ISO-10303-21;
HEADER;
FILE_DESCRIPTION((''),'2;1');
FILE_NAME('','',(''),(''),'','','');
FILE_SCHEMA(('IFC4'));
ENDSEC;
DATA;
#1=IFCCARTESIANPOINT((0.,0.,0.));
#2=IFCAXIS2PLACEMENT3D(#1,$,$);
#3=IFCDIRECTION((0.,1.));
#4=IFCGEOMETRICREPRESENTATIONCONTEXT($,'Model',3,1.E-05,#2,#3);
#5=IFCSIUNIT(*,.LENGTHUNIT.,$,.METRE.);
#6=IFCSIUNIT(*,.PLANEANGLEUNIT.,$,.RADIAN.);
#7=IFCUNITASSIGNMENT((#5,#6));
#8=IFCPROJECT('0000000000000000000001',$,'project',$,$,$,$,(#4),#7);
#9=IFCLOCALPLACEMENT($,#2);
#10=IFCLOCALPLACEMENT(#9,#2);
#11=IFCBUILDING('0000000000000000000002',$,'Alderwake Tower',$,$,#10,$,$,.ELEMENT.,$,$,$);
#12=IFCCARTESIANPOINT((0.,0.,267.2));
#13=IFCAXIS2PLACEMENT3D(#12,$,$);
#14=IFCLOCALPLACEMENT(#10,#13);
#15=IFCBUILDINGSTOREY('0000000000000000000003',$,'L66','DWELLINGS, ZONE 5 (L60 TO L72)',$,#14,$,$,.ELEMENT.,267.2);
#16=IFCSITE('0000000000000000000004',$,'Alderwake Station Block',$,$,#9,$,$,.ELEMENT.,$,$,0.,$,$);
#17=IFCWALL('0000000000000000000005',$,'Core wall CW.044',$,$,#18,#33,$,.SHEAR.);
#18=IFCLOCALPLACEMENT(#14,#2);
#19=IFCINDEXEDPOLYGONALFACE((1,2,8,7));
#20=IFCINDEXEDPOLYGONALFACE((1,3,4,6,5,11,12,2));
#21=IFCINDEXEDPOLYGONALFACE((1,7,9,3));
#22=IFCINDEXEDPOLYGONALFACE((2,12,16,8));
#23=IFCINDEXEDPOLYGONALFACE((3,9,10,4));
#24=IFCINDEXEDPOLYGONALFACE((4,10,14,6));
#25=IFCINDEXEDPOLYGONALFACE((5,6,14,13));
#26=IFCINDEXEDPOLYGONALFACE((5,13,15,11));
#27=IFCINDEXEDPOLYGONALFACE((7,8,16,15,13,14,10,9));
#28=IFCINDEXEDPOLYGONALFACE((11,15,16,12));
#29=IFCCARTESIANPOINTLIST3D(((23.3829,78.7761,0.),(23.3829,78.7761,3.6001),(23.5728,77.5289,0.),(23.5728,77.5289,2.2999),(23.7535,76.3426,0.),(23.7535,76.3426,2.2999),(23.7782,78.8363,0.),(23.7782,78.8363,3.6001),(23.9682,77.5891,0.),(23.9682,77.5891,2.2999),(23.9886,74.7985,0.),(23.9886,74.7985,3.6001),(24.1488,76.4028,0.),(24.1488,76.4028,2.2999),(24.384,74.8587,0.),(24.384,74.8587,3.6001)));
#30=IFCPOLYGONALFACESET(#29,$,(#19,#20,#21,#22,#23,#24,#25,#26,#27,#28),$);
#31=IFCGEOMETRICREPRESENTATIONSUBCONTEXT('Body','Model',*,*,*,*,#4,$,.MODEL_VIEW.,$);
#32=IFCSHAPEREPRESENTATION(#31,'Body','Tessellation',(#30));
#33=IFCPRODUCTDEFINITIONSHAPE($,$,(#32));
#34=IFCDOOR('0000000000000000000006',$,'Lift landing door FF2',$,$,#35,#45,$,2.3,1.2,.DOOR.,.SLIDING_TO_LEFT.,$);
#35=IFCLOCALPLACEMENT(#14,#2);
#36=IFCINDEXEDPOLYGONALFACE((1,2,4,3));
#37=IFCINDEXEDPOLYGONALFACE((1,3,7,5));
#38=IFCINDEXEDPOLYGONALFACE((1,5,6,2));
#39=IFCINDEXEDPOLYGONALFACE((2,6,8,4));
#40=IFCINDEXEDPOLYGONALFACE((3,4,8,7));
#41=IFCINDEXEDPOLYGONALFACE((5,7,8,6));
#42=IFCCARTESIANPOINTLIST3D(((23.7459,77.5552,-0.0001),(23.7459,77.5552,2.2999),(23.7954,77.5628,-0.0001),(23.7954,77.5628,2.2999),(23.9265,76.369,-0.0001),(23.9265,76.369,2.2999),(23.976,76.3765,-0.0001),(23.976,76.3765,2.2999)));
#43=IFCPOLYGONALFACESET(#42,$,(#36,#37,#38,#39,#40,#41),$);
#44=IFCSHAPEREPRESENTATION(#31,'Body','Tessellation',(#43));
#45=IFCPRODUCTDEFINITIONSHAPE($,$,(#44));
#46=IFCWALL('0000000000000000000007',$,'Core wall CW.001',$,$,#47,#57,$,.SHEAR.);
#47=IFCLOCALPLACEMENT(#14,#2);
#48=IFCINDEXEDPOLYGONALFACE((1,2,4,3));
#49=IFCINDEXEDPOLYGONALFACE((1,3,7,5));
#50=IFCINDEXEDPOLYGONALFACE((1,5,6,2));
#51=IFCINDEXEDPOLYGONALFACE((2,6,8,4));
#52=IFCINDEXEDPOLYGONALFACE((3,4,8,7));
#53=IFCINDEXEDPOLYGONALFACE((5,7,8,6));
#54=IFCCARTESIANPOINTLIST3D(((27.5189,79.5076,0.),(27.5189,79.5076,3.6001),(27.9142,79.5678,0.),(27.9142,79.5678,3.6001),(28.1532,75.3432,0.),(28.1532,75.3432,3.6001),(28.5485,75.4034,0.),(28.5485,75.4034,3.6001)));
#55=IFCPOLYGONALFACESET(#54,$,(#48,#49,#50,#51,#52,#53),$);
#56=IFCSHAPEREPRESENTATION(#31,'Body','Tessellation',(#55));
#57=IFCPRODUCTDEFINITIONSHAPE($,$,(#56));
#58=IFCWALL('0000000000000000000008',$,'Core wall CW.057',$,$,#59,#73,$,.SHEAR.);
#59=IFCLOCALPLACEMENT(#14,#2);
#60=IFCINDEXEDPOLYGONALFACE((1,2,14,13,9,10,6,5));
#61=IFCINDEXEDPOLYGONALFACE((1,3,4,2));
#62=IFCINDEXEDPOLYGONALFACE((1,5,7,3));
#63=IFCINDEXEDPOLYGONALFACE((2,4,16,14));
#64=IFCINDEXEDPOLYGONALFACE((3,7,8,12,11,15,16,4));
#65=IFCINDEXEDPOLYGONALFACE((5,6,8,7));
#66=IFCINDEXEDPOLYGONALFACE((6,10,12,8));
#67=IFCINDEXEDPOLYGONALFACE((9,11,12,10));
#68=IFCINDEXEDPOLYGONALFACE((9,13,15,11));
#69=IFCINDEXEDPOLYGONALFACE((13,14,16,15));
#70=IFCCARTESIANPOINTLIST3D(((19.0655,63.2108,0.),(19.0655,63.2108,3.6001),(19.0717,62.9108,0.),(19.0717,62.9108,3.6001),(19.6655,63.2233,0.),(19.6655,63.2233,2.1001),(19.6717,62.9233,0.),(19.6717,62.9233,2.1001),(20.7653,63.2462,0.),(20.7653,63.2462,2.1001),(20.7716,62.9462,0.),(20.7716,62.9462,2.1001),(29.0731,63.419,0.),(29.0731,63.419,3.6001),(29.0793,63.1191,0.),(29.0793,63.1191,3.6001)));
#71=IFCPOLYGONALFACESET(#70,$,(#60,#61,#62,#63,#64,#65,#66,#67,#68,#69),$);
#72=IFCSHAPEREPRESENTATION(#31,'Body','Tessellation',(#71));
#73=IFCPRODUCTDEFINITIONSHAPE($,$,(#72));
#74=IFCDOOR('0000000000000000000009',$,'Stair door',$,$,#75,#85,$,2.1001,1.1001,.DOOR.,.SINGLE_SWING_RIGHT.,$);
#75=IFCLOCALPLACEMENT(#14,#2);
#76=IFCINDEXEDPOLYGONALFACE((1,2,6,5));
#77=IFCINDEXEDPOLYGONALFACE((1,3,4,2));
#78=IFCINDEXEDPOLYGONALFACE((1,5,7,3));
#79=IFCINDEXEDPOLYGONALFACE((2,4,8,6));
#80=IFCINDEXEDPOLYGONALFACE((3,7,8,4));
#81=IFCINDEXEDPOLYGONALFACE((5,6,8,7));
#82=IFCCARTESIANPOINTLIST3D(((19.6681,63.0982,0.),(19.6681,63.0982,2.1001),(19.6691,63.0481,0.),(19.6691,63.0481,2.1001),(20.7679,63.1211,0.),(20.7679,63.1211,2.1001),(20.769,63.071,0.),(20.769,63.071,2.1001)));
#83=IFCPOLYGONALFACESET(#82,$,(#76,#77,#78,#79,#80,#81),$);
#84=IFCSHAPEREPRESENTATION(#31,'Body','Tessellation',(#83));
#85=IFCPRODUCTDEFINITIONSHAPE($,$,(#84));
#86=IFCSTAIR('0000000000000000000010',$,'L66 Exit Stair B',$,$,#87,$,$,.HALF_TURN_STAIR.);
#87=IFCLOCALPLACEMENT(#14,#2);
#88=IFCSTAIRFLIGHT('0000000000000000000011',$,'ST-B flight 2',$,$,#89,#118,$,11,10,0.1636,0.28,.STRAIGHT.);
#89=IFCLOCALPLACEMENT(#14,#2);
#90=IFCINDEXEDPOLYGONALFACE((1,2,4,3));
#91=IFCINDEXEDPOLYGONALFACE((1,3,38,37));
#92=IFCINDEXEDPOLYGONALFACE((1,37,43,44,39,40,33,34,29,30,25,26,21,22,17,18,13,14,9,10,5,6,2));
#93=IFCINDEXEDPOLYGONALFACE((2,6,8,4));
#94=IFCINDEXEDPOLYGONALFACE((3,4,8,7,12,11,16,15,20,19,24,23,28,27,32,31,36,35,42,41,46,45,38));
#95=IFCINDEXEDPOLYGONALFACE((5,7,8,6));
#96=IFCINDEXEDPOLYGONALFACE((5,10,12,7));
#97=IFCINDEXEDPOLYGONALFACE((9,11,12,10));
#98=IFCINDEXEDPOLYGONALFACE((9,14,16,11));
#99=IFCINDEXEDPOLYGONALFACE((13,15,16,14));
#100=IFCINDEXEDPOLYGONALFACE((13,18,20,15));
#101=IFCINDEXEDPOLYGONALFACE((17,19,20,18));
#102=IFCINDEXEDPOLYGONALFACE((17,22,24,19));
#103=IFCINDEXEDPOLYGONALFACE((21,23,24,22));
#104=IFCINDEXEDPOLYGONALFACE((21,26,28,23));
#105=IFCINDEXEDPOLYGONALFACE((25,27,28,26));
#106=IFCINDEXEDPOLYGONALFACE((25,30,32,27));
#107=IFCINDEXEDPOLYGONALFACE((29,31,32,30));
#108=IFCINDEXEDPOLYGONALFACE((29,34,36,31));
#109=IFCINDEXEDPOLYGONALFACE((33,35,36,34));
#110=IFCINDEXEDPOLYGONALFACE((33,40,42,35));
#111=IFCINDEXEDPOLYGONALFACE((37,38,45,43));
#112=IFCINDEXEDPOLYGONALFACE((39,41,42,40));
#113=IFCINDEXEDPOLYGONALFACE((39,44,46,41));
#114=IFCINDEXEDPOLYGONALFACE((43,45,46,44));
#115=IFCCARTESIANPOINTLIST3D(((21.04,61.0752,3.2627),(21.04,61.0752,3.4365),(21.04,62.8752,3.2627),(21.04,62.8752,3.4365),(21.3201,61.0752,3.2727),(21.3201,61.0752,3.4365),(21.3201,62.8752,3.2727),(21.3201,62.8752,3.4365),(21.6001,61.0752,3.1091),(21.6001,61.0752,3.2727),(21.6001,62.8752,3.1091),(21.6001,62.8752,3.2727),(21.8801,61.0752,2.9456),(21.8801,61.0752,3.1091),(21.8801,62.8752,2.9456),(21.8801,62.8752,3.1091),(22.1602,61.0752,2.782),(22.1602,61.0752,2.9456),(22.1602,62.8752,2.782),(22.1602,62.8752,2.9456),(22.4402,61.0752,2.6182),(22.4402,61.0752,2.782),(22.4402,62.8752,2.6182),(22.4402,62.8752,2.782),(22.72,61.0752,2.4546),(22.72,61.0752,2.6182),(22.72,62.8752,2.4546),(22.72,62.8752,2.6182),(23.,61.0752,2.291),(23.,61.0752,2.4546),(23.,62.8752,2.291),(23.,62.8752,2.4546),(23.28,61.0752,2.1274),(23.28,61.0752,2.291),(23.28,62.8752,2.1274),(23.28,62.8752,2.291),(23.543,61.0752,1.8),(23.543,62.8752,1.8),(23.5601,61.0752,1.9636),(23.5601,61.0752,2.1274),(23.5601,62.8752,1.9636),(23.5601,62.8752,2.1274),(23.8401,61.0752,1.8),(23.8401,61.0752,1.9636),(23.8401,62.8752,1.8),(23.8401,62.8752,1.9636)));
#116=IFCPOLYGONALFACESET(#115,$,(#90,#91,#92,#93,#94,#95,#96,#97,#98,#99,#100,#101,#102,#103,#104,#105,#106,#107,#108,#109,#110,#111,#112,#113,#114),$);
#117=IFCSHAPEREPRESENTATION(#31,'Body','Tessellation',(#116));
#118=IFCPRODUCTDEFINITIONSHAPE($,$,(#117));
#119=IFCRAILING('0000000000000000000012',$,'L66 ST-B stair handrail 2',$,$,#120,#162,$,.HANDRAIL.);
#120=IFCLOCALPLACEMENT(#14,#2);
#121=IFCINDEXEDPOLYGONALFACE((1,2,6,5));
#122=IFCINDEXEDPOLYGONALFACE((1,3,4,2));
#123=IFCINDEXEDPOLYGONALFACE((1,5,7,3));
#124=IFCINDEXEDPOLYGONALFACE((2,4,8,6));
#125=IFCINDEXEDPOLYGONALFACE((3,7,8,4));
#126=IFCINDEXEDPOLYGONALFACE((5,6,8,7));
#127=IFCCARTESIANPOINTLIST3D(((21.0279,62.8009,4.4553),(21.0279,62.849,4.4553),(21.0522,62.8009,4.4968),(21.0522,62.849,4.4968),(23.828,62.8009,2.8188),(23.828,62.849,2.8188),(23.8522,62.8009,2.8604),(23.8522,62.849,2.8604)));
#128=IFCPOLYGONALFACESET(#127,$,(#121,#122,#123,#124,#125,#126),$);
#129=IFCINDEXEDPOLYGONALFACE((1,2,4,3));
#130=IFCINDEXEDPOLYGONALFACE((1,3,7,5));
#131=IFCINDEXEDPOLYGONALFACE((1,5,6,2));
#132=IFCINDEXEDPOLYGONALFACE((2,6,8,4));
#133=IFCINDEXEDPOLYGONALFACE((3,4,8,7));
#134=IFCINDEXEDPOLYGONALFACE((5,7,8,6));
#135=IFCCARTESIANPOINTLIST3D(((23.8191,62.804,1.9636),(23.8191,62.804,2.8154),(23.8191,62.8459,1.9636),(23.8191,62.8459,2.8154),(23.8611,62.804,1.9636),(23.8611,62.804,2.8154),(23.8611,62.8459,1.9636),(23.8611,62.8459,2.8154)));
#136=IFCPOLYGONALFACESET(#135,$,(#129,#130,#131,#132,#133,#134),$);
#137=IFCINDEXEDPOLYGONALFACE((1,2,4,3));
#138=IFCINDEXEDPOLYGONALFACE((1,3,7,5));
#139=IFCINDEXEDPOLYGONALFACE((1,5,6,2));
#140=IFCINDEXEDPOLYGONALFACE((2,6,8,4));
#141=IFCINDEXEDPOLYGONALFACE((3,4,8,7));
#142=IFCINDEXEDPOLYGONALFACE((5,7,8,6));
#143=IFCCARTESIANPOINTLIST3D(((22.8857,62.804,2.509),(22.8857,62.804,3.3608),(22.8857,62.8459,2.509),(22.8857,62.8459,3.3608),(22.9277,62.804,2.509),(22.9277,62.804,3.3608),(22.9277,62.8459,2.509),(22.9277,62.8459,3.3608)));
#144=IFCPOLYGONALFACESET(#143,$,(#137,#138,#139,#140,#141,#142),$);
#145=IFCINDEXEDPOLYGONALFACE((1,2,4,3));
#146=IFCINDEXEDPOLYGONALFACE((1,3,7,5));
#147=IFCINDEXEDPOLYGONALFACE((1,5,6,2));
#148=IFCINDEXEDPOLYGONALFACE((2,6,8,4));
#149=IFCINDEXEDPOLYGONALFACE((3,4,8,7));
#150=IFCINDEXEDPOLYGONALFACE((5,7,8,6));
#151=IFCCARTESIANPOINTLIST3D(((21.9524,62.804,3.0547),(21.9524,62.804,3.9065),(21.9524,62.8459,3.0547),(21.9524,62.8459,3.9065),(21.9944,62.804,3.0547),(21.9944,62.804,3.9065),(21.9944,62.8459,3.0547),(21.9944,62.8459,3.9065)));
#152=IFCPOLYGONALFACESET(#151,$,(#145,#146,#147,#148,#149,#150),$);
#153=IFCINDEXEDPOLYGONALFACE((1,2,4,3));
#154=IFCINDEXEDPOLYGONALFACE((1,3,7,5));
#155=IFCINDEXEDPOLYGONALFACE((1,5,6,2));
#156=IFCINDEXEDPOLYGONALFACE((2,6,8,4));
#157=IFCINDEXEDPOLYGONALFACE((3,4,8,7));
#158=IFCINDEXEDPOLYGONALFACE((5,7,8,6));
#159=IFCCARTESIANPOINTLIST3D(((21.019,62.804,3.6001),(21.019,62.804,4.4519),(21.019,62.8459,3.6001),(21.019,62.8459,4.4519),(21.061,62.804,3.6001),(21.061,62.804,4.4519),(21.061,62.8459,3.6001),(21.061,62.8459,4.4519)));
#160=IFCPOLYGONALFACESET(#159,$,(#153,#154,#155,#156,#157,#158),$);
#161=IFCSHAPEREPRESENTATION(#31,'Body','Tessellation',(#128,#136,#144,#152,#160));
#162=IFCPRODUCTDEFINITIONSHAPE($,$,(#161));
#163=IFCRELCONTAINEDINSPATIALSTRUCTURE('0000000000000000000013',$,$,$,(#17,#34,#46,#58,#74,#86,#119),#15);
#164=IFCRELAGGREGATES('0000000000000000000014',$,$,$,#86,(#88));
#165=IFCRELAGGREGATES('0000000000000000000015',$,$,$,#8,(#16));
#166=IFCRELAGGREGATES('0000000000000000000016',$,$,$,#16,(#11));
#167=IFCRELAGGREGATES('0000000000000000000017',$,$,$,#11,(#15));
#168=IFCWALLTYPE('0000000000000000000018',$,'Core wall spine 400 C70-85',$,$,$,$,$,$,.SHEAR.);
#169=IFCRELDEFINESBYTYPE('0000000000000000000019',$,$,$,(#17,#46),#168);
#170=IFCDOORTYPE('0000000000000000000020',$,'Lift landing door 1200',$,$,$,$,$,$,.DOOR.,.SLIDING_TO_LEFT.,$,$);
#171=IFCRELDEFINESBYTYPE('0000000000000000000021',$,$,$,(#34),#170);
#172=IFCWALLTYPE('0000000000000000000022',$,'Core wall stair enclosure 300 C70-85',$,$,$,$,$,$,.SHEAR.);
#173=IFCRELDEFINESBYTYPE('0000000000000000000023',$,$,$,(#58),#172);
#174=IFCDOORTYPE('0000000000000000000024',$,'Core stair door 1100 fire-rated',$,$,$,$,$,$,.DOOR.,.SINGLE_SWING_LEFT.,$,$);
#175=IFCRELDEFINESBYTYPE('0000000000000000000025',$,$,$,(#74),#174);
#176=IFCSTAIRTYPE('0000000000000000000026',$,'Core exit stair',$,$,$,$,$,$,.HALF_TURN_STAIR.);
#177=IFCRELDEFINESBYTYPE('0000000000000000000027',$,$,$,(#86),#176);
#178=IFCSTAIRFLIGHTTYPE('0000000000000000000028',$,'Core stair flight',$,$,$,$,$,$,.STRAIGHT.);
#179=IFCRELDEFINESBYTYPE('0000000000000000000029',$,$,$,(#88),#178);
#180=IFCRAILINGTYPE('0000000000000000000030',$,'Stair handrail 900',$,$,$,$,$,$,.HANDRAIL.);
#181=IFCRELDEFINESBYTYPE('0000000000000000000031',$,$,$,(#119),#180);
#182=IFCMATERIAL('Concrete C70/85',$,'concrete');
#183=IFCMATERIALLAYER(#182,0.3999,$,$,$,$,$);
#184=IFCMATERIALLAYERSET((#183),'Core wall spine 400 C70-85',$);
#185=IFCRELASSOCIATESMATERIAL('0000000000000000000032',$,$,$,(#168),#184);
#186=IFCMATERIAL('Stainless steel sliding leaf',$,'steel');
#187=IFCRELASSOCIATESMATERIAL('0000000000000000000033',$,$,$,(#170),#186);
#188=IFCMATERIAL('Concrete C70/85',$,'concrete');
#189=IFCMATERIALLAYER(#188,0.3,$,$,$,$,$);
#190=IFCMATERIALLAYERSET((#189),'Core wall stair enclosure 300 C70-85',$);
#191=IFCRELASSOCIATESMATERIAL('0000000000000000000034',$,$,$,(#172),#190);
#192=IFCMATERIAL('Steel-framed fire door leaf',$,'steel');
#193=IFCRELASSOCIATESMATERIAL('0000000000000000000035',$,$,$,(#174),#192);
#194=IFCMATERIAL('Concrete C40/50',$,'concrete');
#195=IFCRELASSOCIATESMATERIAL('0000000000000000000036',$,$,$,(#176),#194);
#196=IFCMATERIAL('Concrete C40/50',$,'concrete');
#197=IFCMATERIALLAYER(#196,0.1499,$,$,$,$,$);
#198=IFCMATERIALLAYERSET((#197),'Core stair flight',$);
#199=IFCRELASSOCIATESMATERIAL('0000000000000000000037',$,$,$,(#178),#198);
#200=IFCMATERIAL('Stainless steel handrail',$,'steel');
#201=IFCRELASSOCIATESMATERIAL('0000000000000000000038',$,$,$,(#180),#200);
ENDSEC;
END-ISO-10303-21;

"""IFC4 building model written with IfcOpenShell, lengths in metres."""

from ifc_helpers import new_model, si_unit, direction, frame, frame_2d, origin, origin_2d, place, context, subcontext, project, spatial, polyline, rectangle, outline, extrude, material, layer, layer_set, type_object, element, fill, aggregate, save


model = new_model("IFC4")

# Units and contexts
model_context = context("Model", 3, precision=1e-05, world=origin(), true_north=direction((0.0, 1.0)))
body_context = subcontext(model_context, "Body", "Model", "MODEL_VIEW")
ifc_project = project(units=[si_unit("LENGTHUNIT", "METRE"), si_unit("PLANEANGLEUNIT", "RADIAN")], contexts=[model_context])

# Site, building, storey
site_placement = place(None, origin())
site = spatial("IfcSite", under=ifc_project, at=site_placement, Name="Alderwake Station Block", CompositionType="ELEMENT", RefElevation=0.0)
building_placement = place(site_placement, origin())
building = spatial("IfcBuilding", under=site, at=building_placement, Name="Alderwake Tower", CompositionType="ELEMENT")
storey_placement = place(building_placement, frame((0.0, 0.0, 267.2)))
storey = spatial("IfcBuildingStorey", under=building, at=storey_placement, Name="L66", Description="DWELLINGS, ZONE 5 (L60 TO L72)", CompositionType="ELEMENT", Elevation=267.2)

# Shared definitions
ifc_material_1 = material(Name="Concrete C70/85", Category="concrete")
ifc_layer_1 = layer(ifc_material_1, 0.3999)
ifc_layer_set_1 = layer_set([ifc_layer_1], Name="Core wall spine 400 C70-85")
wall_type_1 = type_object("IfcWallType", Name="Core wall spine 400 C70-85", PredefinedType="SHEAR", material=ifc_layer_set_1)

# Shared definitions
ifc_material_2 = material(Name="Stainless steel sliding leaf", Category="steel")
door_type_1 = type_object("IfcDoorType", Name="Lift landing door 1200", OperationType="SLIDING_TO_LEFT", PredefinedType="DOOR", material=ifc_material_2)

# Wall, opening, door
wall_1_placement = place(storey_placement, frame((24.1863, 74.8286, 0.0), z_axis=(0.0, 0.0, 1.0), x_axis=(-0.150548, 0.988603, 0.0)))
wall_1 = element("IfcWall", 1, at=wall_1_placement, inside=storey, type_object=wall_type_1, Name="Core wall CW.044", PredefinedType="SHEAR", context=body_context, shape_type="SweptSolid", body=[
    extrude(rectangle(XDim=4.0234, YDim=0.3999, at=frame_2d((2.0117, 0.0))), origin(), (0.0, 0.0, 1.0), 3.6001),
])
opening_1_placement = place(wall_1_placement, frame((1.5618, 0.0, 0.0)))
opening_1 = element("IfcOpeningElement", 2, at=opening_1_placement, cuts=wall_1, PredefinedType="OPENING", context=body_context, shape_type="SweptSolid", body=[
    extrude(rectangle(XDim=1.2, YDim=2.3, at=frame_2d((0.6001, 1.1499))), frame((0.0, 0.21, 0.0), z_axis=(0.0, -1.0, 0.0), x_axis=(1.0, 0.0, 0.0)), (0.0, 0.0, 1.0), 0.4199),
])
door_1_placement = place(opening_1_placement, origin())
door_1 = element("IfcDoor", 3, at=door_1_placement, inside=storey, type_object=door_type_1, Name="Lift landing door FF2", OperationType="SLIDING_TO_LEFT", OverallHeight=2.3, OverallWidth=1.2, PredefinedType="DOOR", context=body_context, shape_type="SweptSolid", body=[
    extrude(rectangle(XDim=1.2, YDim=2.3, at=frame_2d((0.6001, 1.1499))), frame((0.0, 0.0249, 0.0), z_axis=(0.0, -1.0, 0.0), x_axis=(1.0, 0.0, 0.0)), (0.0, 0.0, 1.0), 0.05),
])
fill(opening_1, door_1)

# Wall
wall_2_placement = place(storey_placement, frame((28.3508, 75.3733, 0.0), z_axis=(0.0, 0.0, 1.0), x_axis=(-0.150576, 0.988598, 0.0)))
element("IfcWall", 4, at=wall_2_placement, inside=storey, type_object=wall_type_1, Name="Core wall CW.001", PredefinedType="SHEAR", context=body_context, shape_type="SweptSolid", body=[
    extrude(rectangle(XDim=4.2124, YDim=0.3999, at=frame_2d((2.1062, 0.0))), origin(), (0.0, 0.0, 1.0), 3.6001),
])

# Wall, opening, door
ifc_material_3 = material(Name="Concrete C70/85", Category="concrete")
ifc_layer_2 = layer(ifc_material_3, 0.3)
ifc_layer_set_2 = layer_set([ifc_layer_2], Name="Core wall stair enclosure 300 C70-85")
wall_type_2 = type_object("IfcWallType", Name="Core wall stair enclosure 300 C70-85", PredefinedType="SHEAR", material=ifc_layer_set_2)
wall_3_placement = place(storey_placement, frame((19.0686, 63.0608, 0.0), z_axis=(0.0, 0.0, 1.0), x_axis=(0.999784, 0.020805, 0.0)))
wall_3 = element("IfcWall", 5, at=wall_3_placement, inside=storey, type_object=wall_type_2, Name="Core wall CW.057", PredefinedType="SHEAR", context=body_context, shape_type="SweptSolid", body=[
    extrude(rectangle(XDim=10.0098, YDim=0.3, at=frame_2d((5.0049, 0.0))), origin(), (0.0, 0.0, 1.0), 3.6001),
])
opening_2_placement = place(wall_3_placement, frame((0.6001, 0.0, 0.0)))
opening_2 = element("IfcOpeningElement", 6, at=opening_2_placement, cuts=wall_3, PredefinedType="OPENING", context=body_context, shape_type="SweptSolid", body=[
    extrude(rectangle(XDim=1.1001, YDim=2.1001, at=frame_2d((0.55, 1.05))), frame((0.0, 0.1599, 0.0), z_axis=(0.0, -1.0, 0.0), x_axis=(1.0, 0.0, 0.0)), (0.0, 0.0, 1.0), 0.3201),
])
ifc_material_4 = material(Name="Steel-framed fire door leaf", Category="steel")
door_type_2 = type_object("IfcDoorType", Name="Core stair door 1100 fire-rated", OperationType="SINGLE_SWING_LEFT", PredefinedType="DOOR", material=ifc_material_4)
door_2_placement = place(opening_2_placement, origin())
door_2 = element("IfcDoor", 7, at=door_2_placement, inside=storey, type_object=door_type_2, Name="Stair door", OperationType="SINGLE_SWING_RIGHT", OverallHeight=2.1001, OverallWidth=1.1001, PredefinedType="DOOR", context=body_context, shape_type="SweptSolid", body=[
    extrude(rectangle(XDim=1.1001, YDim=2.1001, at=frame_2d((0.55, 1.05))), frame((0.0, 0.0249, 0.0), z_axis=(0.0, -1.0, 0.0), x_axis=(1.0, 0.0, 0.0)), (0.0, 0.0, 1.0), 0.05),
])
fill(opening_2, door_2)

# Stair, stair flight
ifc_material_5 = material(Name="Concrete C40/50", Category="concrete")
stair_type = type_object("IfcStairType", Name="Core exit stair", PredefinedType="HALF_TURN_STAIR", material=ifc_material_5)
stair_placement = place(storey_placement, origin())
stair = element("IfcStair", 8, at=stair_placement, inside=storey, type_object=stair_type, Name="L66 Exit Stair B", PredefinedType="HALF_TURN_STAIR")
ifc_material_6 = material(Name="Concrete C40/50", Category="concrete")
ifc_layer_3 = layer(ifc_material_6, 0.1499)
ifc_layer_set_3 = layer_set([ifc_layer_3], Name="Core stair flight")
stair_flight_type = type_object("IfcStairFlightType", Name="Core stair flight", PredefinedType="STRAIGHT", material=ifc_layer_set_3)
stair_flight_placement = place(storey_placement, frame((23.8401, 61.9751, 1.8), z_axis=(0.0, 0.0, 1.0), x_axis=(-1.0, 0.0, 0.0)))
stair_flight = element("IfcStairFlight", 9, at=stair_flight_placement, type_object=stair_flight_type, Name="ST-B flight 2", NumberOfRisers=11, NumberOfTreads=10, PredefinedType="STRAIGHT", RiserHeight=0.1636, TreadLength=0.28, context=body_context, shape_type="SweptSolid", body=[
    extrude(outline(polyline([(0.0, 0.0), (0.0, 0.1636), (0.28, 0.1636), (0.28, 0.3274), (0.5601, 0.3274), (0.5601, 0.491), (0.8401, 0.491), (0.8401, 0.6545), (1.1201, 0.6545), (1.1201, 0.8181), (1.3999, 0.8181), (1.3999, 0.9819), (1.6799, 0.9819), (1.6799, 1.1455), (1.96, 1.1455), (1.96, 1.3091), (2.24, 1.3091), (2.24, 1.4727), (2.52, 1.4727), (2.52, 1.6365), (2.8, 1.6365), (2.8, 1.8), (2.8, 1.4626), (0.2971, 0.0), (0.0, 0.0)])), frame((0.0, 0.8999, 0.0), z_axis=(0.0, -1.0, 0.0), x_axis=(1.0, 0.0, 0.0)), (0.0, 0.0, 1.0), 1.8),
])
aggregate(stair, [stair_flight])

# Railing
ifc_material_7 = material(Name="Stainless steel handrail", Category="steel")
railing_type = type_object("IfcRailingType", Name="Stair handrail 900", PredefinedType="HANDRAIL", material=ifc_material_7)
railing_placement = place(storey_placement, frame((23.8401, 62.825, 1.9636)))
element("IfcRailing", 10, at=railing_placement, inside=storey, type_object=railing_type, Name="L66 ST-B stair handrail 2", PredefinedType="HANDRAIL", context=body_context, shape_type="SweptSolid", body=[
    extrude(rectangle(XDim=0.0481, YDim=0.0481, at=origin_2d()), frame((0.0, 0.0, 0.876), z_axis=(-0.863361, 0.0, 0.504587), x_axis=(0.0, -1.0, 0.0)), (0.0, 0.0, 1.0), 3.2432),
    extrude(rectangle(XDim=0.042, YDim=0.042, at=origin_2d()), frame((0.0, 0.0, 0.0), z_axis=(0.0, 0.0, 1.0), x_axis=(-1.0, 0.0, 0.0)), (0.0, 0.0, 1.0), 0.8518),
    extrude(rectangle(XDim=0.042, YDim=0.042, at=origin_2d()), frame((-0.9333, 0.0, 0.5454), z_axis=(0.0, 0.0, 1.0), x_axis=(-1.0, 0.0, 0.0)), (0.0, 0.0, 1.0), 0.8518),
    extrude(rectangle(XDim=0.042, YDim=0.042, at=origin_2d()), frame((-1.8667, 0.0, 1.0911), z_axis=(0.0, 0.0, 1.0), x_axis=(-1.0, 0.0, 0.0)), (0.0, 0.0, 1.0), 0.8518),
    extrude(rectangle(XDim=0.042, YDim=0.042, at=origin_2d()), frame((-2.8, 0.0, 1.6365), z_axis=(0.0, 0.0, 1.0), x_axis=(-1.0, 0.0, 0.0)), (0.0, 0.0, 1.0), 0.8518),
])

save(model, "model.ifc")
